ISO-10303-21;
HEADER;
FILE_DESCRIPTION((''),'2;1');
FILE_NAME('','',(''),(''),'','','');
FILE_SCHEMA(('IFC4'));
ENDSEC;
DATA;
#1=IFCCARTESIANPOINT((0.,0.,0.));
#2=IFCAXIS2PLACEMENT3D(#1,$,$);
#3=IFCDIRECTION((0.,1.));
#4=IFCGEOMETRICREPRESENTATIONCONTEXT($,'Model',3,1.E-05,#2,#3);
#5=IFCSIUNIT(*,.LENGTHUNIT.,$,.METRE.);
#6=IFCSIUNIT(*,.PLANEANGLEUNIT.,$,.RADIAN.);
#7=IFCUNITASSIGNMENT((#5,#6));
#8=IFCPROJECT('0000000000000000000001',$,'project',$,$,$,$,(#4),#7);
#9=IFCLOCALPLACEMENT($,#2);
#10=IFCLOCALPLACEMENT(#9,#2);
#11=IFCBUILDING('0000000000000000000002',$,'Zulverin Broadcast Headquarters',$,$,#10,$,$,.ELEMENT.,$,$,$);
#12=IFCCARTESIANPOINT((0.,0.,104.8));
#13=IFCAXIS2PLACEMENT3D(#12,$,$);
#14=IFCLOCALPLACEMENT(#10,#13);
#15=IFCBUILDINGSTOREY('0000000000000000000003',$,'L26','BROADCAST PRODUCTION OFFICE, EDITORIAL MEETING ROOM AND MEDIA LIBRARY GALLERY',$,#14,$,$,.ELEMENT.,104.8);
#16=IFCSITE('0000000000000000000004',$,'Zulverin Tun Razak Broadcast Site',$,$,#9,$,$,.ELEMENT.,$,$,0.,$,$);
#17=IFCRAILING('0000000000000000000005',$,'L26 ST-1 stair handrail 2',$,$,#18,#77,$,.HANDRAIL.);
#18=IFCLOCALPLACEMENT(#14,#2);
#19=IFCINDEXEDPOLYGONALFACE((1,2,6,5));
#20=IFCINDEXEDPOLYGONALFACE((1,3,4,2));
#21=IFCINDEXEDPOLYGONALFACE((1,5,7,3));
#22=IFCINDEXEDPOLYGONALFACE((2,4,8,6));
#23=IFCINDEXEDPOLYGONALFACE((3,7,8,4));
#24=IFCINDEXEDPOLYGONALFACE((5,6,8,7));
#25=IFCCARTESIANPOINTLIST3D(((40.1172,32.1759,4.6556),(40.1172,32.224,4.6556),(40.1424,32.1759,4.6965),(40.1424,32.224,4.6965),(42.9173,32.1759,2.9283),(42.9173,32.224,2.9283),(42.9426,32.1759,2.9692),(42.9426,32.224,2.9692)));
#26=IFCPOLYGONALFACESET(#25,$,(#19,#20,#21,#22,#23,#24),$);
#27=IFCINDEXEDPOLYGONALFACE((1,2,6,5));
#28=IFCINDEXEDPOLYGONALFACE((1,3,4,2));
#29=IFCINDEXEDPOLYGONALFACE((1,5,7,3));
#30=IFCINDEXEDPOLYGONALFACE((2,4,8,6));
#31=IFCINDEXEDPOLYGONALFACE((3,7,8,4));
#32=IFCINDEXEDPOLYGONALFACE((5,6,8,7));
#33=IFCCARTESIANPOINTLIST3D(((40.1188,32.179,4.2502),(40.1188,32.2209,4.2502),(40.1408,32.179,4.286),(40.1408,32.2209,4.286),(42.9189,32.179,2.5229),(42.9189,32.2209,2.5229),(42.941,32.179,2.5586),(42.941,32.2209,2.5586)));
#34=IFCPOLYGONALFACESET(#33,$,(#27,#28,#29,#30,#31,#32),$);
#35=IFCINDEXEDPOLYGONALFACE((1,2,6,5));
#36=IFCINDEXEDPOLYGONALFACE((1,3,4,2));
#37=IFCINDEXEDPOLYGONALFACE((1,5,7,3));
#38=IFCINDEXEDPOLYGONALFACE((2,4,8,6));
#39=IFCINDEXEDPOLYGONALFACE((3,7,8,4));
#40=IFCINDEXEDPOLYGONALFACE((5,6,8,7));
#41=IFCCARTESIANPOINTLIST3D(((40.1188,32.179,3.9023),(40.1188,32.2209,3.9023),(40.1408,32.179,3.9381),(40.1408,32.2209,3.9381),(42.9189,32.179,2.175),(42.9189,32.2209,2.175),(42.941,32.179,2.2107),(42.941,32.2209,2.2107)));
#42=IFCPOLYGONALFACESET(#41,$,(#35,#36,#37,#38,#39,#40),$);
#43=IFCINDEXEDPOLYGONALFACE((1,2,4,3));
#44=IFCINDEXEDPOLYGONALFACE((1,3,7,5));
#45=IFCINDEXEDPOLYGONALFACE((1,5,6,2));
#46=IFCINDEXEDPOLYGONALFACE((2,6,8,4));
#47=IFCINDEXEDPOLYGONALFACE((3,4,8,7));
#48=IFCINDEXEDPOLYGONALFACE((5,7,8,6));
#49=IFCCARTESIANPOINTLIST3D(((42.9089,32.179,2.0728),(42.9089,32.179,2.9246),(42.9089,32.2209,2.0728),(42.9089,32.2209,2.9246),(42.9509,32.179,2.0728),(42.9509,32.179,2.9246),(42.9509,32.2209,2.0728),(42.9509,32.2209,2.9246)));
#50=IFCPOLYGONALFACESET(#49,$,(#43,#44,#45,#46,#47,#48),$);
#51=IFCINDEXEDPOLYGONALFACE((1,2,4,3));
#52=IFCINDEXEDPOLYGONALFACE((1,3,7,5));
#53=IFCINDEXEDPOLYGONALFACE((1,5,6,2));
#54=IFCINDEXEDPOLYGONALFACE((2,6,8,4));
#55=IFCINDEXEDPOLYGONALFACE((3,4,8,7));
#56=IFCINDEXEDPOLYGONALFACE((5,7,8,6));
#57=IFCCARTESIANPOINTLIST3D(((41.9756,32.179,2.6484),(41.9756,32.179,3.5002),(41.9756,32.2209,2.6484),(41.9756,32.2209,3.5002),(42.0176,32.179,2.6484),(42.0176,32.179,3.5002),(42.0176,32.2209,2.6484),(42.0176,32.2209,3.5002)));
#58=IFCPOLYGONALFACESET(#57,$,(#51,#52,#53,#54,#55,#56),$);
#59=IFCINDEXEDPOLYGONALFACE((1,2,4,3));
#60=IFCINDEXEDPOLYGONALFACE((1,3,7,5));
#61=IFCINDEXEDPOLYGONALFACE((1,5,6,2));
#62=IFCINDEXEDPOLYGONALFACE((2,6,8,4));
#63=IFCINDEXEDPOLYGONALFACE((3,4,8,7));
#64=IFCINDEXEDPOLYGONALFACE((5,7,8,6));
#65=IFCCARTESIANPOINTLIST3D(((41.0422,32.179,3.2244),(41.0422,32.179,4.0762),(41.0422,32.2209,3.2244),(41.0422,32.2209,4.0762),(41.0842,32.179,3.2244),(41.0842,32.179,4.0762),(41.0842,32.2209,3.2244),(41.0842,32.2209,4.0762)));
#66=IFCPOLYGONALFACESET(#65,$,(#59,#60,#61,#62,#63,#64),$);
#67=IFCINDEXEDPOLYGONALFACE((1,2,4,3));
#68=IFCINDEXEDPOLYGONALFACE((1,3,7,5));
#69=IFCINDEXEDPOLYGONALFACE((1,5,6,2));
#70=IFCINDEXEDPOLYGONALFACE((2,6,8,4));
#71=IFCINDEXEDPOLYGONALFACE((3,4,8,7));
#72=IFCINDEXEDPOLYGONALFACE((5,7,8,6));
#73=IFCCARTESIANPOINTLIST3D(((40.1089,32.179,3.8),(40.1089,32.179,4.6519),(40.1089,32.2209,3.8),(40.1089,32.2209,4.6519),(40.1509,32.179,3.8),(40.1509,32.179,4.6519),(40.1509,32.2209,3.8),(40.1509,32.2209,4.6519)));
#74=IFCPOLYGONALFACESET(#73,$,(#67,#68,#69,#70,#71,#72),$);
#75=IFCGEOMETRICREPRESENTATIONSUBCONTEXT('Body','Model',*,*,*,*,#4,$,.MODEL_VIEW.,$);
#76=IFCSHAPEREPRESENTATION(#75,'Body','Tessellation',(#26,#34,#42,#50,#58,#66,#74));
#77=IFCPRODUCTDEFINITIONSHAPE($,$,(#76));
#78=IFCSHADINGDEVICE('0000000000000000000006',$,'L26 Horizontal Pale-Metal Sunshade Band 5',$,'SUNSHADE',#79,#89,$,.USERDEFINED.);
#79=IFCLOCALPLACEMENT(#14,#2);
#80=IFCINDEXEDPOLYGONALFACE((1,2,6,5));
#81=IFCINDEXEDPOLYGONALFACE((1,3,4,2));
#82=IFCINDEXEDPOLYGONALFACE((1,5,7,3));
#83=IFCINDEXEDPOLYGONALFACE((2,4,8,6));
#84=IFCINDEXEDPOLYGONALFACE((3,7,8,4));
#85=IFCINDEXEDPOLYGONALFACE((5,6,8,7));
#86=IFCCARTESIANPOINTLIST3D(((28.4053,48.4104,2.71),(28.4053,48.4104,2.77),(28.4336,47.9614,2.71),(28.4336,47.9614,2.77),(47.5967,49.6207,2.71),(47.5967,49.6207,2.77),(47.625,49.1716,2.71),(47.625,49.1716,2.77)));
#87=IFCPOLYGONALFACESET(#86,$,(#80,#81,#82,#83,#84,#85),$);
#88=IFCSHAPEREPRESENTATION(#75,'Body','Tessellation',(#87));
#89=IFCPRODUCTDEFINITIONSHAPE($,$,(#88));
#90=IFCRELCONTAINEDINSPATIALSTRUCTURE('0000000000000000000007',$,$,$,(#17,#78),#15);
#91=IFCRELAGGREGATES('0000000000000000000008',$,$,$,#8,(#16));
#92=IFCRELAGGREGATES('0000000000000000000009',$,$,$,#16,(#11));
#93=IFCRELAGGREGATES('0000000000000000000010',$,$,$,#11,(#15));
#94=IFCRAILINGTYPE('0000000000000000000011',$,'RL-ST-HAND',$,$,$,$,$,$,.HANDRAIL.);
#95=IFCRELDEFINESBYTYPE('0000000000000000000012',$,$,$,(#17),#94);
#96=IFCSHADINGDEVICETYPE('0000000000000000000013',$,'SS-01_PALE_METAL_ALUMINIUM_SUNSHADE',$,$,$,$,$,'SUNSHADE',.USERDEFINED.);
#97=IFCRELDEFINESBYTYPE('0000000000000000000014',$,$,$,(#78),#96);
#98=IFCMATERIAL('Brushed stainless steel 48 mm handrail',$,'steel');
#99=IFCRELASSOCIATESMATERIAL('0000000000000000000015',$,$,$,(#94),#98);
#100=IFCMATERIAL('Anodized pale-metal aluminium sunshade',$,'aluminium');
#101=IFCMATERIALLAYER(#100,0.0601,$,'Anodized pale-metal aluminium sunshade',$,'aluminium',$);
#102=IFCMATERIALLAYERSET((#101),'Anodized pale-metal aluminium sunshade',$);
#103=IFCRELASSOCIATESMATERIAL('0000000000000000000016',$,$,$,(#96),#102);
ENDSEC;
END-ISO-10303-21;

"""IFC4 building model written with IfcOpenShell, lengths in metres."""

from ifc_helpers import new_model, si_unit, direction, frame, origin, origin_2d, place, context, subcontext, project, spatial, rectangle, extrude, material, layer, layer_set, type_object, element, save


model = new_model("IFC4")

# Units and contexts
model_context = context("Model", 3, precision=1e-05, world=origin(), true_north=direction((0.0, 1.0)))
body_context = subcontext(model_context, "Body", "Model", "MODEL_VIEW")
ifc_project = project(units=[si_unit("LENGTHUNIT", "METRE"), si_unit("PLANEANGLEUNIT", "RADIAN")], contexts=[model_context])

# Site, building, storey
site_placement = place(None, origin())
site = spatial("IfcSite", under=ifc_project, at=site_placement, Name="Zulverin Tun Razak Broadcast Site", CompositionType="ELEMENT", RefElevation=0.0)
building_placement = place(site_placement, origin())
building = spatial("IfcBuilding", under=site, at=building_placement, Name="Zulverin Broadcast Headquarters", CompositionType="ELEMENT")
storey_placement = place(building_placement, frame((0.0, 0.0, 104.8)))
storey = spatial("IfcBuildingStorey", under=building, at=storey_placement, Name="L26", Description="BROADCAST PRODUCTION OFFICE, EDITORIAL MEETING ROOM AND MEDIA LIBRARY GALLERY", CompositionType="ELEMENT", Elevation=104.8)

# Railing
ifc_material_1 = material(Name="Brushed stainless steel 48 mm handrail", Category="steel")
railing_type_1 = type_object("IfcRailingType", Name="RL-ST-HAND", PredefinedType="HANDRAIL", material=ifc_material_1)
railing_1_placement = place(storey_placement, frame((42.9299, 32.2, 2.0728)))
element("IfcRailing", 1, at=railing_1_placement, inside=storey, type_object=railing_type_1, Name="L26 ST-1 stair handrail 2", PredefinedType="HANDRAIL", context=body_context, shape_type="SweptSolid", body=[
    extrude(rectangle(XDim=0.0481, YDim=0.0481, at=origin_2d()), frame((0.0, 0.0, 0.876), z_axis=(-0.85109, 0.0, 0.52502), x_axis=(0.0, -1.0, 0.0)), (0.0, 0.0, 1.0), 3.29),
    extrude(rectangle(XDim=0.042, YDim=0.042, at=origin_2d()), frame((0.0, 0.0, 0.468), z_axis=(-0.85109, 0.0, 0.52502), x_axis=(0.0, -1.0, 0.0)), (0.0, 0.0, 1.0), 3.29),
    extrude(rectangle(XDim=0.042, YDim=0.042, at=origin_2d()), frame((0.0, 0.0, 0.1201), z_axis=(-0.85109, 0.0, 0.52502), x_axis=(0.0, -1.0, 0.0)), (0.0, 0.0, 1.0), 3.29),
    extrude(rectangle(XDim=0.042, YDim=0.042, at=origin_2d()), origin(), (0.0, 0.0, 1.0), 0.8518),
    extrude(rectangle(XDim=0.042, YDim=0.042, at=origin_2d()), frame((-0.9333, 0.0, 0.5757)), (0.0, 0.0, 1.0), 0.8518),
    extrude(rectangle(XDim=0.042, YDim=0.042, at=origin_2d()), frame((-1.8667, 0.0, 1.1516)), (0.0, 0.0, 1.0), 0.8518),
    extrude(rectangle(XDim=0.042, YDim=0.042, at=origin_2d()), frame((-2.8, 0.0, 1.7273)), (0.0, 0.0, 1.0), 0.8518),
])

# Shading device
ifc_material_2 = material(Name="Anodized pale-metal aluminium sunshade", Category="aluminium")
ifc_layer_1 = layer(ifc_material_2, 0.0601, Name="Anodized pale-metal aluminium sunshade", Category="aluminium")
ifc_layer_set_1 = layer_set([ifc_layer_1], Name="Anodized pale-metal aluminium sunshade")
shading_device_type = type_object("IfcShadingDeviceType", Name="SS-01_PALE_METAL_ALUMINIUM_SUNSHADE", ElementType="SUNSHADE", PredefinedType="USERDEFINED", material=ifc_layer_set_1)
shading_device_placement = place(storey_placement, frame((38.0151, 48.791, 2.71), z_axis=(0.0, 0.0, 1.0), x_axis=(-0.998018, -0.062935, 0.0)))
element("IfcShadingDevice", 2, at=shading_device_placement, inside=storey, type_object=shading_device_type, Name="L26 Horizontal Pale-Metal Sunshade Band 5", ObjectType="SUNSHADE", PredefinedType="USERDEFINED", context=body_context, shape_type="SweptSolid", body=[
    extrude(rectangle(XDim=19.2295, YDim=0.45, at=origin_2d()), origin(), (0.0, 0.0, 1.0), 0.0601),
])

save(model, "model.ifc")
